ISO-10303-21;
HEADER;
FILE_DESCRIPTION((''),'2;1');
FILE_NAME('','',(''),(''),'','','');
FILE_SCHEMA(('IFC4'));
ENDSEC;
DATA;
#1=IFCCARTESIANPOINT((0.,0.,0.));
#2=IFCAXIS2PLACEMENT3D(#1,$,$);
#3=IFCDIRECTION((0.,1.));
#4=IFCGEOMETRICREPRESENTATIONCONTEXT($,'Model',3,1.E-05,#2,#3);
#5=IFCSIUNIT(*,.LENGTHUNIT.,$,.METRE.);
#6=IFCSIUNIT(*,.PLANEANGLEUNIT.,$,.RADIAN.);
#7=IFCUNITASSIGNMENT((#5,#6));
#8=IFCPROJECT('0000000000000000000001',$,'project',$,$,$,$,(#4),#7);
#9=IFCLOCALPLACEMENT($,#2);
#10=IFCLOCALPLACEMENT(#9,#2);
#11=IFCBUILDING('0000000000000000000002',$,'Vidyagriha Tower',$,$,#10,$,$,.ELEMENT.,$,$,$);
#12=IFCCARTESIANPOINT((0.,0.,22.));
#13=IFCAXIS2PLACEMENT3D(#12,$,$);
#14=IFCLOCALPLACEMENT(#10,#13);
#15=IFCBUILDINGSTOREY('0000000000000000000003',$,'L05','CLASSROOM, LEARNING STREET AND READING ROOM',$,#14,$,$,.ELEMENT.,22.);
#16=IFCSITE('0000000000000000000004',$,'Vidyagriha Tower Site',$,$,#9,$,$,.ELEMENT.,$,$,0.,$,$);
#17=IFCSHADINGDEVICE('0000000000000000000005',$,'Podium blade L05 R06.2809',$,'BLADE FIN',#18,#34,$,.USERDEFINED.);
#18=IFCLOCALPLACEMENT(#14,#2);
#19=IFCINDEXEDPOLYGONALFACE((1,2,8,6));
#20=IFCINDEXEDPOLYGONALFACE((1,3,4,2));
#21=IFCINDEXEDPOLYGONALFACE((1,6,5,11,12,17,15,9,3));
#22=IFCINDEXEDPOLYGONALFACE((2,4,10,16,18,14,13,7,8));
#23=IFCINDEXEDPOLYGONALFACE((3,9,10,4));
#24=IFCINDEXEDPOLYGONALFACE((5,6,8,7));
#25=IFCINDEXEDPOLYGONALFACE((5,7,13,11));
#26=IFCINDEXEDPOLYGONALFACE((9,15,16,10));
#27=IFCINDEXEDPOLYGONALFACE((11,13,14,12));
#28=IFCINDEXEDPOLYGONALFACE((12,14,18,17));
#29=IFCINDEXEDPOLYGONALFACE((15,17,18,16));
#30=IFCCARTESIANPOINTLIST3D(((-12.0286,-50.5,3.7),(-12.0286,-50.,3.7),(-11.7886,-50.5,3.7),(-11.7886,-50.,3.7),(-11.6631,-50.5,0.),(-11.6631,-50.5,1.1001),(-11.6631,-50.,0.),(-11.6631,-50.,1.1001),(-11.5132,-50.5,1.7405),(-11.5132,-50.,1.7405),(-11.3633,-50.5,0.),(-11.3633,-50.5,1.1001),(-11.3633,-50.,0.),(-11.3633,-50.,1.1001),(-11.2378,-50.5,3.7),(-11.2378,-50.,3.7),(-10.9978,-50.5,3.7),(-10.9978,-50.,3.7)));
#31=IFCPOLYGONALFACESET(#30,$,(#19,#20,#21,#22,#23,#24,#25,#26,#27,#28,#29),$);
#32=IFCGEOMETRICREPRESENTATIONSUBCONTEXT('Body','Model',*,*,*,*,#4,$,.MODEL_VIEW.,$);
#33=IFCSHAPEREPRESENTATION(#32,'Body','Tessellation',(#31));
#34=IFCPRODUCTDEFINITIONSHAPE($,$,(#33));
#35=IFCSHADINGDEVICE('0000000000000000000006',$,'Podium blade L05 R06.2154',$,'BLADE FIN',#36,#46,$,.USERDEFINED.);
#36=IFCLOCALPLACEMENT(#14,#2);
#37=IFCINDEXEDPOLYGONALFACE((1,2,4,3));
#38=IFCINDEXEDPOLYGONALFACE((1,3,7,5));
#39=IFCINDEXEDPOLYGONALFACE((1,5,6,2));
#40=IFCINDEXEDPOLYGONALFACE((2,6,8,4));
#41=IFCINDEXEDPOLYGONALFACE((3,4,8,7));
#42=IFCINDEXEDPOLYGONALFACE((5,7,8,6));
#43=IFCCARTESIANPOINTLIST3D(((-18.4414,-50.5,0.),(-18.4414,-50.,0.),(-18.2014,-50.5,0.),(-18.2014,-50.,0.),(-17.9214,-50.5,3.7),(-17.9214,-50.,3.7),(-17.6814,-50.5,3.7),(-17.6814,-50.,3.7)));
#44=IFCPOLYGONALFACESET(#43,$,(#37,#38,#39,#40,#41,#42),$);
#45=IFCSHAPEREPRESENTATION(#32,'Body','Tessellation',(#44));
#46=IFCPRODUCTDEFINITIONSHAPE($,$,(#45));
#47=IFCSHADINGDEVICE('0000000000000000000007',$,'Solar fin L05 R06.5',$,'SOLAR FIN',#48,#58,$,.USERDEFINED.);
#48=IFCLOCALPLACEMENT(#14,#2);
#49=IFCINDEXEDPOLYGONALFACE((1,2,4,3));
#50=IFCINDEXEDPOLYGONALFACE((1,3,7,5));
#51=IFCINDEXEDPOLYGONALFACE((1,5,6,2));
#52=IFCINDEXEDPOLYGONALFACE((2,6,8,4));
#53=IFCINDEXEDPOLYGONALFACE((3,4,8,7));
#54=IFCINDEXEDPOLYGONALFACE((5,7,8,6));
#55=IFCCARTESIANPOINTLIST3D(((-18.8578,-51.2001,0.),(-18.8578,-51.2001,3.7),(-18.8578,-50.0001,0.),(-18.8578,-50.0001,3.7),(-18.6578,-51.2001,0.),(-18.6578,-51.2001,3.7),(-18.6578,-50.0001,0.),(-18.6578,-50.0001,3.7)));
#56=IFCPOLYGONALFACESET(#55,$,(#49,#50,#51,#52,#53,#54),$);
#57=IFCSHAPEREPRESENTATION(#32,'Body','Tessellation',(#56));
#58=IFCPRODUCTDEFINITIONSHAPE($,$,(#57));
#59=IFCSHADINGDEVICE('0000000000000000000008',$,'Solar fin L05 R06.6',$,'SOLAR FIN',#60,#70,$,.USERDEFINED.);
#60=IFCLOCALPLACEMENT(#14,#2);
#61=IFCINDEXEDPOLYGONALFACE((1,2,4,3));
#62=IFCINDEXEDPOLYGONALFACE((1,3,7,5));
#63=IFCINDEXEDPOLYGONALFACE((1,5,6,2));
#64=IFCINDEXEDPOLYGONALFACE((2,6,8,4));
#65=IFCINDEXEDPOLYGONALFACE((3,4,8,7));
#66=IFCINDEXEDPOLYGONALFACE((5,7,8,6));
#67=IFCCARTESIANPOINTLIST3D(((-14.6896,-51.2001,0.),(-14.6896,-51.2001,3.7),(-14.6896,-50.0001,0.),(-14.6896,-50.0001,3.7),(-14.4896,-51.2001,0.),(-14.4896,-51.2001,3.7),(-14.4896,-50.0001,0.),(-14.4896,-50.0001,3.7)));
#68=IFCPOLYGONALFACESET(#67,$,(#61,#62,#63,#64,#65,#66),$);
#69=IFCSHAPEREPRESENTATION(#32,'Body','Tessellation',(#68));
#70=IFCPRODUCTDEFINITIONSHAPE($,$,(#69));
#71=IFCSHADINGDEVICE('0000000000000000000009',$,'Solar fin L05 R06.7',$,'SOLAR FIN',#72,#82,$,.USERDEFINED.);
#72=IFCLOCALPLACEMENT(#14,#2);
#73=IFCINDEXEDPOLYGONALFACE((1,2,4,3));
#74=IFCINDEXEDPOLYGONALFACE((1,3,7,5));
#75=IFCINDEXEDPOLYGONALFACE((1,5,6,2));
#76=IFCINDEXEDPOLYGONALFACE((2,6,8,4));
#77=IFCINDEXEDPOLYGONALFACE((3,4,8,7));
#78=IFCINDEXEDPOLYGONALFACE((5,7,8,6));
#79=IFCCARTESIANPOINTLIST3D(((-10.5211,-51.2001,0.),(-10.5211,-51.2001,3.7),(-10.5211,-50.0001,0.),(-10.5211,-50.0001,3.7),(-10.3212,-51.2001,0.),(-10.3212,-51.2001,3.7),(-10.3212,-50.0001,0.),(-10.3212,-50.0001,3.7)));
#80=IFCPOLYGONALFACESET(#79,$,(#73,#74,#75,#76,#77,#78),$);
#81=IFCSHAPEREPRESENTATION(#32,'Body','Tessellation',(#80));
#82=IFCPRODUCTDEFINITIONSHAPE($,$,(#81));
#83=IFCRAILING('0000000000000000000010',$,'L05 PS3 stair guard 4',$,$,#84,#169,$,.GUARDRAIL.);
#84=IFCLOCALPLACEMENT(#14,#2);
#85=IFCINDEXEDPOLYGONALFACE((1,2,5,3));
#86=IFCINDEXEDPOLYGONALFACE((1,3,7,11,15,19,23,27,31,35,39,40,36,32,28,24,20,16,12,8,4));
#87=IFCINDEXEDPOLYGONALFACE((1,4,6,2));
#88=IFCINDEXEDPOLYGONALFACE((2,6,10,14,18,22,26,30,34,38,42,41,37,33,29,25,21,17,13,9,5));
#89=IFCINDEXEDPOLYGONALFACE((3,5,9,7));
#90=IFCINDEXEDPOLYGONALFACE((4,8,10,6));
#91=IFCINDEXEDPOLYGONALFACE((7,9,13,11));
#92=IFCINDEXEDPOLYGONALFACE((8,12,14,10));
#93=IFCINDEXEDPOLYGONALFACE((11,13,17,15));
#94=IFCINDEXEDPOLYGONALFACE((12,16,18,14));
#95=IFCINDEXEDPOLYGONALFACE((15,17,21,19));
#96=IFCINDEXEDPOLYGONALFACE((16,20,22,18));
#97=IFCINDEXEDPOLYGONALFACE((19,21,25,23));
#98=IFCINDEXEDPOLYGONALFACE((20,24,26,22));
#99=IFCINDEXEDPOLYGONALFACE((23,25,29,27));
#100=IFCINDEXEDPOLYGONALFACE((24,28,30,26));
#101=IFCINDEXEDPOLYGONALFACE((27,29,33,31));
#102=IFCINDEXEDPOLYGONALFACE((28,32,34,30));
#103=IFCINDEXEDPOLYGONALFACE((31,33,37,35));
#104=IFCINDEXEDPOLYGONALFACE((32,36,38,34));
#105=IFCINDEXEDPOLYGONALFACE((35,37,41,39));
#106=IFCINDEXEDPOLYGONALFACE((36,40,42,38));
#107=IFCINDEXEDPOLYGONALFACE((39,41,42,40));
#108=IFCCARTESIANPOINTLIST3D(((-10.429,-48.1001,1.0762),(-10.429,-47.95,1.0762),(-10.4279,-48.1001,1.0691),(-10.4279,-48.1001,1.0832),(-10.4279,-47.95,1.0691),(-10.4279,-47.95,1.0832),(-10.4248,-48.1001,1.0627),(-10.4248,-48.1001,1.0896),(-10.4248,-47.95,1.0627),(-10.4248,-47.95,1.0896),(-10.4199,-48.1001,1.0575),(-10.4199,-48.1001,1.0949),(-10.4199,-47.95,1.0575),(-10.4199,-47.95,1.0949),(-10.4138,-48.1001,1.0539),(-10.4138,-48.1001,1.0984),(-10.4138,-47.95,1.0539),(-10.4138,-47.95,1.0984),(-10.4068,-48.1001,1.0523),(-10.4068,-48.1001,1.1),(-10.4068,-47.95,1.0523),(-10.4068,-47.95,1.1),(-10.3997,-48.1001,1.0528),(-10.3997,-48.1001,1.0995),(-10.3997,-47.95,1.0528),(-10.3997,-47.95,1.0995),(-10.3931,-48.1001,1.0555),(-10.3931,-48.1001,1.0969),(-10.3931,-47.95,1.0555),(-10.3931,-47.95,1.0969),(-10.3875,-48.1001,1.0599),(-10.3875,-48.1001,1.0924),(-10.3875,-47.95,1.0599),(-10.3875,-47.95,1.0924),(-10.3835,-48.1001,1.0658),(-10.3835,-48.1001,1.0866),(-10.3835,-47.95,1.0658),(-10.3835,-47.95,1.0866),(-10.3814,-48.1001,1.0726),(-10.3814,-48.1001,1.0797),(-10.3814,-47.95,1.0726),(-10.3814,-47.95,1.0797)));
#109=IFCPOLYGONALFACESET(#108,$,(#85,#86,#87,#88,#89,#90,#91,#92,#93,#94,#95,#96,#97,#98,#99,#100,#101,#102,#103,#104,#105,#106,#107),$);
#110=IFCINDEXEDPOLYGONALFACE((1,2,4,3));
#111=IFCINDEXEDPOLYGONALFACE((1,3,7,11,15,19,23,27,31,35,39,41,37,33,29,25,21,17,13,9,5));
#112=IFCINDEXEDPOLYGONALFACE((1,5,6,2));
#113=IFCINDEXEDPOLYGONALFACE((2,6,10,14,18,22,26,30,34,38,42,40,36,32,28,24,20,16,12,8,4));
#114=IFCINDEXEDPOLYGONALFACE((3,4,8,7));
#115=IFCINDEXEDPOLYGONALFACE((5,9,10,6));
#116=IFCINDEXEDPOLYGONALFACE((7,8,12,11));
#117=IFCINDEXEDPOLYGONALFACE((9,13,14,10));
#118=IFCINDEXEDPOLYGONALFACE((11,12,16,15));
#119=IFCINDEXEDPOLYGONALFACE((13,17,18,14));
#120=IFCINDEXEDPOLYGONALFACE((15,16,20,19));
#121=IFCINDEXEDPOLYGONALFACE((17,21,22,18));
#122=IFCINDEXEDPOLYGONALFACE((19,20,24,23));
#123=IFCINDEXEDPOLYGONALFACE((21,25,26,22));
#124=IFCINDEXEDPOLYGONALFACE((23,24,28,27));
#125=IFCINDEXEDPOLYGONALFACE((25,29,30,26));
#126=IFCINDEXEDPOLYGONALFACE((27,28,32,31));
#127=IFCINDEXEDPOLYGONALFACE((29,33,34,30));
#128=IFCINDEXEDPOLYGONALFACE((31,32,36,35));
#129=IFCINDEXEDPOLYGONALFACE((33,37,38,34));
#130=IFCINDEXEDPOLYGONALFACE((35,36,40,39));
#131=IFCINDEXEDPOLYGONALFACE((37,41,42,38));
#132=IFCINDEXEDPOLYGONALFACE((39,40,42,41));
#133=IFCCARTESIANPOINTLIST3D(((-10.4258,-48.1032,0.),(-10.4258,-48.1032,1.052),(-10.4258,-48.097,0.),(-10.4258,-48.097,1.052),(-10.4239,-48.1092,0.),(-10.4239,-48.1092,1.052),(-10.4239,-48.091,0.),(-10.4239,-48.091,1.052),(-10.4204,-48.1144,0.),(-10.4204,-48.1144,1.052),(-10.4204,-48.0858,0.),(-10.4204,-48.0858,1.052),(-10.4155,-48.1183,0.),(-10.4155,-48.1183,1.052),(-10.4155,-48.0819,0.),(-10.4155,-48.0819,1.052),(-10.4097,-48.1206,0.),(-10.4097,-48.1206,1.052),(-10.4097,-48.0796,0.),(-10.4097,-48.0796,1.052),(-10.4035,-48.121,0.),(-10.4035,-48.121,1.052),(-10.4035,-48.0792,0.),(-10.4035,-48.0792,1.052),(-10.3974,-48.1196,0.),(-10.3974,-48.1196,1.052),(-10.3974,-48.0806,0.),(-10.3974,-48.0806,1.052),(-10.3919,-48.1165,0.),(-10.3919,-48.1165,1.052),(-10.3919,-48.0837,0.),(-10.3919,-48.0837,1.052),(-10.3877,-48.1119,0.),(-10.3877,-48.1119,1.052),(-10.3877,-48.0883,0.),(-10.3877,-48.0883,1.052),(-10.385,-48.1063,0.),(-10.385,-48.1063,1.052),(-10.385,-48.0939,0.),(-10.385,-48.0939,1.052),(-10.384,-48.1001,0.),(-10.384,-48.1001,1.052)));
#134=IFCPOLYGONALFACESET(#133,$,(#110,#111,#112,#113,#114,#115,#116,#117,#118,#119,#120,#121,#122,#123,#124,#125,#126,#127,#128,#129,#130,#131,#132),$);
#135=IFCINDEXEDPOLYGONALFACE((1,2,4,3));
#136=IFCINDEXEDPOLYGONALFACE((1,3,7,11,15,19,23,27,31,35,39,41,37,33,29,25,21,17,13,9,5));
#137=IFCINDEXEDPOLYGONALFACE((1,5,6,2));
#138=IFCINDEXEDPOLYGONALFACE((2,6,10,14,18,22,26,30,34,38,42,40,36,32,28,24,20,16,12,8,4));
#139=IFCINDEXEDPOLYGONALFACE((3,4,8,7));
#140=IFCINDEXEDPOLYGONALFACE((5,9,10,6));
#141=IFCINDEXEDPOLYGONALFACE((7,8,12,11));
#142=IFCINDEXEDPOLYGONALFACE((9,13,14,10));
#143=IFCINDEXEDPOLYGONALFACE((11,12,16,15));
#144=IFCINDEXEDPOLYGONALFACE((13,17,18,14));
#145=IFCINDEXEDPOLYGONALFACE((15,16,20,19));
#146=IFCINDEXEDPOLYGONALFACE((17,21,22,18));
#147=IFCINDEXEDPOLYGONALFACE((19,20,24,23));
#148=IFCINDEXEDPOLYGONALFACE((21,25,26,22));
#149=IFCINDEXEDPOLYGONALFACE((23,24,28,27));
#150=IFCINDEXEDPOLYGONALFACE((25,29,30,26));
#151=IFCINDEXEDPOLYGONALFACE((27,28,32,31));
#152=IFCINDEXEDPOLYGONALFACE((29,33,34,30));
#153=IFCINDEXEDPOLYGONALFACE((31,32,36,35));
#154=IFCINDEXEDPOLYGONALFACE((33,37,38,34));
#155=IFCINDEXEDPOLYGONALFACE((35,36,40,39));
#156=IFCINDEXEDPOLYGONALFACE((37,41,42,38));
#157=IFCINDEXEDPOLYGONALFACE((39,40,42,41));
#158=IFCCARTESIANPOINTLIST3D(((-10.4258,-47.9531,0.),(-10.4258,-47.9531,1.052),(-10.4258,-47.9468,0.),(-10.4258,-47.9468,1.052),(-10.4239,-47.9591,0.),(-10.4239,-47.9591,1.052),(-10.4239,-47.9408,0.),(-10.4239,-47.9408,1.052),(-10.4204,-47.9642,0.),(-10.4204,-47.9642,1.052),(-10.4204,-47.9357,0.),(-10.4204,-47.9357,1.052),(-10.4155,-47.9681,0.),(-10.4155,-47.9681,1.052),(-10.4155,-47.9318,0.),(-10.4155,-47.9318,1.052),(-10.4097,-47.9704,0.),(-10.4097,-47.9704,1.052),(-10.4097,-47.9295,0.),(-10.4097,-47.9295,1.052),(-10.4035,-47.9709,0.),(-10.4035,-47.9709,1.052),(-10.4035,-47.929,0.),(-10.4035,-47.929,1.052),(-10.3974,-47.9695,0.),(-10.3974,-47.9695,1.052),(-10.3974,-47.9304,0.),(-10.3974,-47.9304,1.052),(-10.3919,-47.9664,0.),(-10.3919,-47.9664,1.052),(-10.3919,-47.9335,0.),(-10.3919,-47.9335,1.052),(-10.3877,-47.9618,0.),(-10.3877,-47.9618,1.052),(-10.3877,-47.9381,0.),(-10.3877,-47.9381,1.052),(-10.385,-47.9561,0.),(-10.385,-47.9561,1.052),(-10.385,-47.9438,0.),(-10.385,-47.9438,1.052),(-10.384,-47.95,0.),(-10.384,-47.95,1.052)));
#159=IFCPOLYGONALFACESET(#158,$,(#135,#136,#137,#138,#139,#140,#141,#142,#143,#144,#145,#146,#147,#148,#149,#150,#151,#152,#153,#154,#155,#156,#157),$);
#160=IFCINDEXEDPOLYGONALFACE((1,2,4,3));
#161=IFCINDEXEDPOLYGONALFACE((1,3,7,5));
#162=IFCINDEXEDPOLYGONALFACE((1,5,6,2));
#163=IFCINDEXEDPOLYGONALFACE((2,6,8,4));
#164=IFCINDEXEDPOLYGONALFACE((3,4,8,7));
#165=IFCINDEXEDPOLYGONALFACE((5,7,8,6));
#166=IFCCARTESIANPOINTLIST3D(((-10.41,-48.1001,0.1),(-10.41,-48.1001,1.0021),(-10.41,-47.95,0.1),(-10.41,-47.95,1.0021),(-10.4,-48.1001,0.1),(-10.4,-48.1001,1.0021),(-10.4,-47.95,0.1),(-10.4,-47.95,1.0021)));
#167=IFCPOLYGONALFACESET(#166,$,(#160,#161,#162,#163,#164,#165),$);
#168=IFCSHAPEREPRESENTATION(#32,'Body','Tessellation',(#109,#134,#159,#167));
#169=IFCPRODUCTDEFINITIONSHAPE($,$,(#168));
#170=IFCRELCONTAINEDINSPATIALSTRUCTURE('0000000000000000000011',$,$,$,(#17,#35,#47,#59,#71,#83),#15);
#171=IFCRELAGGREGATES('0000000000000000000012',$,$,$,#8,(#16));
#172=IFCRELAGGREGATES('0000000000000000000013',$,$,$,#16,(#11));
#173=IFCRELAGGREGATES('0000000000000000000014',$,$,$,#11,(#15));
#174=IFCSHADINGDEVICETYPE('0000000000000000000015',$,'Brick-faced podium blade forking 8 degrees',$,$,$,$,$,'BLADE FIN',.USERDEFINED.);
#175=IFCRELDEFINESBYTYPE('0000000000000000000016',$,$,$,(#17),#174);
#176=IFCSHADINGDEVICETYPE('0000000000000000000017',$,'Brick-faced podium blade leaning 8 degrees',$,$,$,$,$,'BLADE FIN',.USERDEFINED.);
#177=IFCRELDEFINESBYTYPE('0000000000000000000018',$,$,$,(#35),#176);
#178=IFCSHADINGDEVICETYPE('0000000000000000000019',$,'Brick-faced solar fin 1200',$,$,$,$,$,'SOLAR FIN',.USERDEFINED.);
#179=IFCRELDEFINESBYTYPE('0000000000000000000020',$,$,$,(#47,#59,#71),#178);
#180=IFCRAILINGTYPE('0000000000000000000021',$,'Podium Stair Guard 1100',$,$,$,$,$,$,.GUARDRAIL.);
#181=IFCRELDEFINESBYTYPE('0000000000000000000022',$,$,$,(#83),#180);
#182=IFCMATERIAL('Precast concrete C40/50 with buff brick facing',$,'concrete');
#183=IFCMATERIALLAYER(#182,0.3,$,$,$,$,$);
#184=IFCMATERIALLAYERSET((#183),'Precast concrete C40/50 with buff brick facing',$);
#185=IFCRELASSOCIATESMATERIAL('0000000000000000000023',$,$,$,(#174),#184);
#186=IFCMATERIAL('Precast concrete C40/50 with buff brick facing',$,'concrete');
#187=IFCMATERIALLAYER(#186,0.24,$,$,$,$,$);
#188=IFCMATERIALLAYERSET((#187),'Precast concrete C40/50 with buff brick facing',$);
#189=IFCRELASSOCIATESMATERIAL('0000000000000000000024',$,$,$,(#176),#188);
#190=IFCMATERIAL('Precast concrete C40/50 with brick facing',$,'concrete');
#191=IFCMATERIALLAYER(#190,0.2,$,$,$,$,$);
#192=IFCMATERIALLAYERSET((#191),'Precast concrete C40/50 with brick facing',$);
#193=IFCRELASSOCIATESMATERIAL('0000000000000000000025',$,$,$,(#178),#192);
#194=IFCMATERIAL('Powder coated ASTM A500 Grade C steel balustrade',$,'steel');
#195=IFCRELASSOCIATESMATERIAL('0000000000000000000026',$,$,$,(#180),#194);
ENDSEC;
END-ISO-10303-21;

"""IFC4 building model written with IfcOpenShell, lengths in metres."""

from ifc_helpers import new_model, si_unit, direction, frame, frame_2d, origin, origin_2d, place, context, subcontext, project, spatial, polyline, rectangle, circle, outline, extrude, material, layer, layer_set, type_object, element, save


model = new_model("IFC4")

# Units and contexts
model_context = context("Model", 3, precision=1e-05, world=origin(), true_north=direction((0.0, 1.0)))
body_context = subcontext(model_context, "Body", "Model", "MODEL_VIEW")
ifc_project = project(units=[si_unit("LENGTHUNIT", "METRE"), si_unit("PLANEANGLEUNIT", "RADIAN")], contexts=[model_context])

# Site, building, storey
site_placement = place(None, origin())
site = spatial("IfcSite", under=ifc_project, at=site_placement, Name="Vidyagriha Tower Site", CompositionType="ELEMENT", RefElevation=0.0)
building_placement = place(site_placement, origin())
building = spatial("IfcBuilding", under=site, at=building_placement, Name="Vidyagriha Tower", CompositionType="ELEMENT")
storey_placement = place(building_placement, frame((0.0, 0.0, 22.0)))
storey = spatial("IfcBuildingStorey", under=building, at=storey_placement, Name="L05", Description="CLASSROOM, LEARNING STREET AND READING ROOM", CompositionType="ELEMENT", Elevation=22.0)

# Shading devices
ifc_material_1 = material(Name="Precast concrete C40/50 with buff brick facing", Category="concrete")
ifc_layer_1 = layer(ifc_material_1, 0.3)
ifc_layer_set_1 = layer_set([ifc_layer_1], Name="Precast concrete C40/50 with buff brick facing")
shading_device_type_1 = type_object("IfcShadingDeviceType", Name="Brick-faced podium blade forking 8 degrees", ElementType="BLADE FIN", PredefinedType="USERDEFINED", material=ifc_layer_set_1)
for number, where, name in (
    (1, (-12.0286, -50.25, 0.0), "Podium blade L05 R06.2809"),
):
    element("IfcShadingDevice", number, at=place(storey_placement, frame(where)), inside=storey, type_object=shading_device_type_1, Name=name, ObjectType="BLADE FIN", PredefinedType="USERDEFINED", context=body_context, shape_type="SweptSolid", body=[
        extrude(outline(polyline([(0.6653, 0.0), (0.6653, 1.1001), (1.0308, 3.7), (0.7908, 3.7), (0.5154, 1.7405), (0.24, 3.7), (0.0, 3.7), (0.3655, 1.1001), (0.3655, 0.0), (0.6653, 0.0)])), frame((0.0, 0.25, 0.0), z_axis=(0.0, -1.0, 0.0), x_axis=(1.0, 0.0, 0.0)), (0.0, 0.0, 1.0), 0.5),
    ])
ifc_material_2 = material(Name="Precast concrete C40/50 with buff brick facing", Category="concrete")
ifc_layer_2 = layer(ifc_material_2, 0.24)
ifc_layer_set_2 = layer_set([ifc_layer_2], Name="Precast concrete C40/50 with buff brick facing")
shading_device_type_2 = type_object("IfcShadingDeviceType", Name="Brick-faced podium blade leaning 8 degrees", ElementType="BLADE FIN", PredefinedType="USERDEFINED", material=ifc_layer_set_2)
shading_device_placement = place(storey_placement, frame((-18.4414, -50.25, 0.0)))
element("IfcShadingDevice", 2, at=shading_device_placement, inside=storey, type_object=shading_device_type_2, Name="Podium blade L05 R06.2154", ObjectType="BLADE FIN", PredefinedType="USERDEFINED", context=body_context, shape_type="SweptSolid", body=[
    extrude(outline(polyline([(0.0, 0.0), (0.24, 0.0), (0.76, 3.7), (0.52, 3.7), (0.0, 0.0)])), frame((0.0, 0.25, 0.0), z_axis=(0.0, -1.0, 0.0), x_axis=(1.0, 0.0, 0.0)), (0.0, 0.0, 1.0), 0.5),
])
ifc_material_3 = material(Name="Precast concrete C40/50 with brick facing", Category="concrete")
ifc_layer_3 = layer(ifc_material_3, 0.2)
ifc_layer_set_3 = layer_set([ifc_layer_3], Name="Precast concrete C40/50 with brick facing")
shading_device_type_3 = type_object("IfcShadingDeviceType", Name="Brick-faced solar fin 1200", ElementType="SOLAR FIN", PredefinedType="USERDEFINED", material=ifc_layer_set_3)
for number, where, z_axis, x_axis, name in (
    (3, (-18.7578, -50.0, 0.0), (0.0, 0.0, 1.0), (0.0, -1.0, 0.0), "Solar fin L05 R06.5"),
    (4, (-14.5896, -50.0, 0.0), (0.0, 0.0, 1.0), (0.0, -1.0, 0.0), "Solar fin L05 R06.6"),
    (5, (-10.4211, -50.0, 0.0), (0.0, 0.0, 1.0), (0.0, -1.0, 0.0), "Solar fin L05 R06.7"),
):
    element("IfcShadingDevice", number, at=place(storey_placement, frame(where, z_axis=z_axis, x_axis=x_axis)), inside=storey, type_object=shading_device_type_3, Name=name, ObjectType="SOLAR FIN", PredefinedType="USERDEFINED", context=body_context, shape_type="SweptSolid", body=[
        extrude(rectangle(XDim=1.2, YDim=0.2, at=frame_2d((0.6001, 0.0))), origin(), (0.0, 0.0, 1.0), 3.7),
    ])

# Railing
ifc_material_4 = material(Name="Powder coated ASTM A500 Grade C steel balustrade", Category="steel")
railing_type_1 = type_object("IfcRailingType", Name="Podium Stair Guard 1100", PredefinedType="GUARDRAIL", material=ifc_material_4)
railing_1_placement = place(storey_placement, frame((-10.405, -48.1001, 0.0)))
element("IfcRailing", 6, at=railing_1_placement, inside=storey, type_object=railing_type_1, Name="L05 PS3 stair guard 4", PredefinedType="GUARDRAIL", context=body_context, shape_type="SweptSolid", body=[
    extrude(circle(Radius=0.0239, at=origin_2d()), frame((0.0, 0.0, 1.0762), z_axis=(0.0, 1.0, 0.0), x_axis=(-1.0, 0.0, 0.0)), (0.0, 0.0, 1.0), 0.1501),
    extrude(circle(Radius=0.021, at=origin_2d()), origin(), (0.0, 0.0, 1.0), 1.052),
    extrude(circle(Radius=0.021, at=origin_2d()), frame((0.0, 0.1501, 0.0)), (0.0, 0.0, 1.0), 1.052),
    extrude(rectangle(XDim=0.01, YDim=0.9021, at=origin_2d()), frame((0.0, 0.0, 0.551), z_axis=(0.0, 1.0, 0.0), x_axis=(-1.0, 0.0, 0.0)), (0.0, 0.0, 1.0), 0.1501),
])

save(model, "model.ifc")
